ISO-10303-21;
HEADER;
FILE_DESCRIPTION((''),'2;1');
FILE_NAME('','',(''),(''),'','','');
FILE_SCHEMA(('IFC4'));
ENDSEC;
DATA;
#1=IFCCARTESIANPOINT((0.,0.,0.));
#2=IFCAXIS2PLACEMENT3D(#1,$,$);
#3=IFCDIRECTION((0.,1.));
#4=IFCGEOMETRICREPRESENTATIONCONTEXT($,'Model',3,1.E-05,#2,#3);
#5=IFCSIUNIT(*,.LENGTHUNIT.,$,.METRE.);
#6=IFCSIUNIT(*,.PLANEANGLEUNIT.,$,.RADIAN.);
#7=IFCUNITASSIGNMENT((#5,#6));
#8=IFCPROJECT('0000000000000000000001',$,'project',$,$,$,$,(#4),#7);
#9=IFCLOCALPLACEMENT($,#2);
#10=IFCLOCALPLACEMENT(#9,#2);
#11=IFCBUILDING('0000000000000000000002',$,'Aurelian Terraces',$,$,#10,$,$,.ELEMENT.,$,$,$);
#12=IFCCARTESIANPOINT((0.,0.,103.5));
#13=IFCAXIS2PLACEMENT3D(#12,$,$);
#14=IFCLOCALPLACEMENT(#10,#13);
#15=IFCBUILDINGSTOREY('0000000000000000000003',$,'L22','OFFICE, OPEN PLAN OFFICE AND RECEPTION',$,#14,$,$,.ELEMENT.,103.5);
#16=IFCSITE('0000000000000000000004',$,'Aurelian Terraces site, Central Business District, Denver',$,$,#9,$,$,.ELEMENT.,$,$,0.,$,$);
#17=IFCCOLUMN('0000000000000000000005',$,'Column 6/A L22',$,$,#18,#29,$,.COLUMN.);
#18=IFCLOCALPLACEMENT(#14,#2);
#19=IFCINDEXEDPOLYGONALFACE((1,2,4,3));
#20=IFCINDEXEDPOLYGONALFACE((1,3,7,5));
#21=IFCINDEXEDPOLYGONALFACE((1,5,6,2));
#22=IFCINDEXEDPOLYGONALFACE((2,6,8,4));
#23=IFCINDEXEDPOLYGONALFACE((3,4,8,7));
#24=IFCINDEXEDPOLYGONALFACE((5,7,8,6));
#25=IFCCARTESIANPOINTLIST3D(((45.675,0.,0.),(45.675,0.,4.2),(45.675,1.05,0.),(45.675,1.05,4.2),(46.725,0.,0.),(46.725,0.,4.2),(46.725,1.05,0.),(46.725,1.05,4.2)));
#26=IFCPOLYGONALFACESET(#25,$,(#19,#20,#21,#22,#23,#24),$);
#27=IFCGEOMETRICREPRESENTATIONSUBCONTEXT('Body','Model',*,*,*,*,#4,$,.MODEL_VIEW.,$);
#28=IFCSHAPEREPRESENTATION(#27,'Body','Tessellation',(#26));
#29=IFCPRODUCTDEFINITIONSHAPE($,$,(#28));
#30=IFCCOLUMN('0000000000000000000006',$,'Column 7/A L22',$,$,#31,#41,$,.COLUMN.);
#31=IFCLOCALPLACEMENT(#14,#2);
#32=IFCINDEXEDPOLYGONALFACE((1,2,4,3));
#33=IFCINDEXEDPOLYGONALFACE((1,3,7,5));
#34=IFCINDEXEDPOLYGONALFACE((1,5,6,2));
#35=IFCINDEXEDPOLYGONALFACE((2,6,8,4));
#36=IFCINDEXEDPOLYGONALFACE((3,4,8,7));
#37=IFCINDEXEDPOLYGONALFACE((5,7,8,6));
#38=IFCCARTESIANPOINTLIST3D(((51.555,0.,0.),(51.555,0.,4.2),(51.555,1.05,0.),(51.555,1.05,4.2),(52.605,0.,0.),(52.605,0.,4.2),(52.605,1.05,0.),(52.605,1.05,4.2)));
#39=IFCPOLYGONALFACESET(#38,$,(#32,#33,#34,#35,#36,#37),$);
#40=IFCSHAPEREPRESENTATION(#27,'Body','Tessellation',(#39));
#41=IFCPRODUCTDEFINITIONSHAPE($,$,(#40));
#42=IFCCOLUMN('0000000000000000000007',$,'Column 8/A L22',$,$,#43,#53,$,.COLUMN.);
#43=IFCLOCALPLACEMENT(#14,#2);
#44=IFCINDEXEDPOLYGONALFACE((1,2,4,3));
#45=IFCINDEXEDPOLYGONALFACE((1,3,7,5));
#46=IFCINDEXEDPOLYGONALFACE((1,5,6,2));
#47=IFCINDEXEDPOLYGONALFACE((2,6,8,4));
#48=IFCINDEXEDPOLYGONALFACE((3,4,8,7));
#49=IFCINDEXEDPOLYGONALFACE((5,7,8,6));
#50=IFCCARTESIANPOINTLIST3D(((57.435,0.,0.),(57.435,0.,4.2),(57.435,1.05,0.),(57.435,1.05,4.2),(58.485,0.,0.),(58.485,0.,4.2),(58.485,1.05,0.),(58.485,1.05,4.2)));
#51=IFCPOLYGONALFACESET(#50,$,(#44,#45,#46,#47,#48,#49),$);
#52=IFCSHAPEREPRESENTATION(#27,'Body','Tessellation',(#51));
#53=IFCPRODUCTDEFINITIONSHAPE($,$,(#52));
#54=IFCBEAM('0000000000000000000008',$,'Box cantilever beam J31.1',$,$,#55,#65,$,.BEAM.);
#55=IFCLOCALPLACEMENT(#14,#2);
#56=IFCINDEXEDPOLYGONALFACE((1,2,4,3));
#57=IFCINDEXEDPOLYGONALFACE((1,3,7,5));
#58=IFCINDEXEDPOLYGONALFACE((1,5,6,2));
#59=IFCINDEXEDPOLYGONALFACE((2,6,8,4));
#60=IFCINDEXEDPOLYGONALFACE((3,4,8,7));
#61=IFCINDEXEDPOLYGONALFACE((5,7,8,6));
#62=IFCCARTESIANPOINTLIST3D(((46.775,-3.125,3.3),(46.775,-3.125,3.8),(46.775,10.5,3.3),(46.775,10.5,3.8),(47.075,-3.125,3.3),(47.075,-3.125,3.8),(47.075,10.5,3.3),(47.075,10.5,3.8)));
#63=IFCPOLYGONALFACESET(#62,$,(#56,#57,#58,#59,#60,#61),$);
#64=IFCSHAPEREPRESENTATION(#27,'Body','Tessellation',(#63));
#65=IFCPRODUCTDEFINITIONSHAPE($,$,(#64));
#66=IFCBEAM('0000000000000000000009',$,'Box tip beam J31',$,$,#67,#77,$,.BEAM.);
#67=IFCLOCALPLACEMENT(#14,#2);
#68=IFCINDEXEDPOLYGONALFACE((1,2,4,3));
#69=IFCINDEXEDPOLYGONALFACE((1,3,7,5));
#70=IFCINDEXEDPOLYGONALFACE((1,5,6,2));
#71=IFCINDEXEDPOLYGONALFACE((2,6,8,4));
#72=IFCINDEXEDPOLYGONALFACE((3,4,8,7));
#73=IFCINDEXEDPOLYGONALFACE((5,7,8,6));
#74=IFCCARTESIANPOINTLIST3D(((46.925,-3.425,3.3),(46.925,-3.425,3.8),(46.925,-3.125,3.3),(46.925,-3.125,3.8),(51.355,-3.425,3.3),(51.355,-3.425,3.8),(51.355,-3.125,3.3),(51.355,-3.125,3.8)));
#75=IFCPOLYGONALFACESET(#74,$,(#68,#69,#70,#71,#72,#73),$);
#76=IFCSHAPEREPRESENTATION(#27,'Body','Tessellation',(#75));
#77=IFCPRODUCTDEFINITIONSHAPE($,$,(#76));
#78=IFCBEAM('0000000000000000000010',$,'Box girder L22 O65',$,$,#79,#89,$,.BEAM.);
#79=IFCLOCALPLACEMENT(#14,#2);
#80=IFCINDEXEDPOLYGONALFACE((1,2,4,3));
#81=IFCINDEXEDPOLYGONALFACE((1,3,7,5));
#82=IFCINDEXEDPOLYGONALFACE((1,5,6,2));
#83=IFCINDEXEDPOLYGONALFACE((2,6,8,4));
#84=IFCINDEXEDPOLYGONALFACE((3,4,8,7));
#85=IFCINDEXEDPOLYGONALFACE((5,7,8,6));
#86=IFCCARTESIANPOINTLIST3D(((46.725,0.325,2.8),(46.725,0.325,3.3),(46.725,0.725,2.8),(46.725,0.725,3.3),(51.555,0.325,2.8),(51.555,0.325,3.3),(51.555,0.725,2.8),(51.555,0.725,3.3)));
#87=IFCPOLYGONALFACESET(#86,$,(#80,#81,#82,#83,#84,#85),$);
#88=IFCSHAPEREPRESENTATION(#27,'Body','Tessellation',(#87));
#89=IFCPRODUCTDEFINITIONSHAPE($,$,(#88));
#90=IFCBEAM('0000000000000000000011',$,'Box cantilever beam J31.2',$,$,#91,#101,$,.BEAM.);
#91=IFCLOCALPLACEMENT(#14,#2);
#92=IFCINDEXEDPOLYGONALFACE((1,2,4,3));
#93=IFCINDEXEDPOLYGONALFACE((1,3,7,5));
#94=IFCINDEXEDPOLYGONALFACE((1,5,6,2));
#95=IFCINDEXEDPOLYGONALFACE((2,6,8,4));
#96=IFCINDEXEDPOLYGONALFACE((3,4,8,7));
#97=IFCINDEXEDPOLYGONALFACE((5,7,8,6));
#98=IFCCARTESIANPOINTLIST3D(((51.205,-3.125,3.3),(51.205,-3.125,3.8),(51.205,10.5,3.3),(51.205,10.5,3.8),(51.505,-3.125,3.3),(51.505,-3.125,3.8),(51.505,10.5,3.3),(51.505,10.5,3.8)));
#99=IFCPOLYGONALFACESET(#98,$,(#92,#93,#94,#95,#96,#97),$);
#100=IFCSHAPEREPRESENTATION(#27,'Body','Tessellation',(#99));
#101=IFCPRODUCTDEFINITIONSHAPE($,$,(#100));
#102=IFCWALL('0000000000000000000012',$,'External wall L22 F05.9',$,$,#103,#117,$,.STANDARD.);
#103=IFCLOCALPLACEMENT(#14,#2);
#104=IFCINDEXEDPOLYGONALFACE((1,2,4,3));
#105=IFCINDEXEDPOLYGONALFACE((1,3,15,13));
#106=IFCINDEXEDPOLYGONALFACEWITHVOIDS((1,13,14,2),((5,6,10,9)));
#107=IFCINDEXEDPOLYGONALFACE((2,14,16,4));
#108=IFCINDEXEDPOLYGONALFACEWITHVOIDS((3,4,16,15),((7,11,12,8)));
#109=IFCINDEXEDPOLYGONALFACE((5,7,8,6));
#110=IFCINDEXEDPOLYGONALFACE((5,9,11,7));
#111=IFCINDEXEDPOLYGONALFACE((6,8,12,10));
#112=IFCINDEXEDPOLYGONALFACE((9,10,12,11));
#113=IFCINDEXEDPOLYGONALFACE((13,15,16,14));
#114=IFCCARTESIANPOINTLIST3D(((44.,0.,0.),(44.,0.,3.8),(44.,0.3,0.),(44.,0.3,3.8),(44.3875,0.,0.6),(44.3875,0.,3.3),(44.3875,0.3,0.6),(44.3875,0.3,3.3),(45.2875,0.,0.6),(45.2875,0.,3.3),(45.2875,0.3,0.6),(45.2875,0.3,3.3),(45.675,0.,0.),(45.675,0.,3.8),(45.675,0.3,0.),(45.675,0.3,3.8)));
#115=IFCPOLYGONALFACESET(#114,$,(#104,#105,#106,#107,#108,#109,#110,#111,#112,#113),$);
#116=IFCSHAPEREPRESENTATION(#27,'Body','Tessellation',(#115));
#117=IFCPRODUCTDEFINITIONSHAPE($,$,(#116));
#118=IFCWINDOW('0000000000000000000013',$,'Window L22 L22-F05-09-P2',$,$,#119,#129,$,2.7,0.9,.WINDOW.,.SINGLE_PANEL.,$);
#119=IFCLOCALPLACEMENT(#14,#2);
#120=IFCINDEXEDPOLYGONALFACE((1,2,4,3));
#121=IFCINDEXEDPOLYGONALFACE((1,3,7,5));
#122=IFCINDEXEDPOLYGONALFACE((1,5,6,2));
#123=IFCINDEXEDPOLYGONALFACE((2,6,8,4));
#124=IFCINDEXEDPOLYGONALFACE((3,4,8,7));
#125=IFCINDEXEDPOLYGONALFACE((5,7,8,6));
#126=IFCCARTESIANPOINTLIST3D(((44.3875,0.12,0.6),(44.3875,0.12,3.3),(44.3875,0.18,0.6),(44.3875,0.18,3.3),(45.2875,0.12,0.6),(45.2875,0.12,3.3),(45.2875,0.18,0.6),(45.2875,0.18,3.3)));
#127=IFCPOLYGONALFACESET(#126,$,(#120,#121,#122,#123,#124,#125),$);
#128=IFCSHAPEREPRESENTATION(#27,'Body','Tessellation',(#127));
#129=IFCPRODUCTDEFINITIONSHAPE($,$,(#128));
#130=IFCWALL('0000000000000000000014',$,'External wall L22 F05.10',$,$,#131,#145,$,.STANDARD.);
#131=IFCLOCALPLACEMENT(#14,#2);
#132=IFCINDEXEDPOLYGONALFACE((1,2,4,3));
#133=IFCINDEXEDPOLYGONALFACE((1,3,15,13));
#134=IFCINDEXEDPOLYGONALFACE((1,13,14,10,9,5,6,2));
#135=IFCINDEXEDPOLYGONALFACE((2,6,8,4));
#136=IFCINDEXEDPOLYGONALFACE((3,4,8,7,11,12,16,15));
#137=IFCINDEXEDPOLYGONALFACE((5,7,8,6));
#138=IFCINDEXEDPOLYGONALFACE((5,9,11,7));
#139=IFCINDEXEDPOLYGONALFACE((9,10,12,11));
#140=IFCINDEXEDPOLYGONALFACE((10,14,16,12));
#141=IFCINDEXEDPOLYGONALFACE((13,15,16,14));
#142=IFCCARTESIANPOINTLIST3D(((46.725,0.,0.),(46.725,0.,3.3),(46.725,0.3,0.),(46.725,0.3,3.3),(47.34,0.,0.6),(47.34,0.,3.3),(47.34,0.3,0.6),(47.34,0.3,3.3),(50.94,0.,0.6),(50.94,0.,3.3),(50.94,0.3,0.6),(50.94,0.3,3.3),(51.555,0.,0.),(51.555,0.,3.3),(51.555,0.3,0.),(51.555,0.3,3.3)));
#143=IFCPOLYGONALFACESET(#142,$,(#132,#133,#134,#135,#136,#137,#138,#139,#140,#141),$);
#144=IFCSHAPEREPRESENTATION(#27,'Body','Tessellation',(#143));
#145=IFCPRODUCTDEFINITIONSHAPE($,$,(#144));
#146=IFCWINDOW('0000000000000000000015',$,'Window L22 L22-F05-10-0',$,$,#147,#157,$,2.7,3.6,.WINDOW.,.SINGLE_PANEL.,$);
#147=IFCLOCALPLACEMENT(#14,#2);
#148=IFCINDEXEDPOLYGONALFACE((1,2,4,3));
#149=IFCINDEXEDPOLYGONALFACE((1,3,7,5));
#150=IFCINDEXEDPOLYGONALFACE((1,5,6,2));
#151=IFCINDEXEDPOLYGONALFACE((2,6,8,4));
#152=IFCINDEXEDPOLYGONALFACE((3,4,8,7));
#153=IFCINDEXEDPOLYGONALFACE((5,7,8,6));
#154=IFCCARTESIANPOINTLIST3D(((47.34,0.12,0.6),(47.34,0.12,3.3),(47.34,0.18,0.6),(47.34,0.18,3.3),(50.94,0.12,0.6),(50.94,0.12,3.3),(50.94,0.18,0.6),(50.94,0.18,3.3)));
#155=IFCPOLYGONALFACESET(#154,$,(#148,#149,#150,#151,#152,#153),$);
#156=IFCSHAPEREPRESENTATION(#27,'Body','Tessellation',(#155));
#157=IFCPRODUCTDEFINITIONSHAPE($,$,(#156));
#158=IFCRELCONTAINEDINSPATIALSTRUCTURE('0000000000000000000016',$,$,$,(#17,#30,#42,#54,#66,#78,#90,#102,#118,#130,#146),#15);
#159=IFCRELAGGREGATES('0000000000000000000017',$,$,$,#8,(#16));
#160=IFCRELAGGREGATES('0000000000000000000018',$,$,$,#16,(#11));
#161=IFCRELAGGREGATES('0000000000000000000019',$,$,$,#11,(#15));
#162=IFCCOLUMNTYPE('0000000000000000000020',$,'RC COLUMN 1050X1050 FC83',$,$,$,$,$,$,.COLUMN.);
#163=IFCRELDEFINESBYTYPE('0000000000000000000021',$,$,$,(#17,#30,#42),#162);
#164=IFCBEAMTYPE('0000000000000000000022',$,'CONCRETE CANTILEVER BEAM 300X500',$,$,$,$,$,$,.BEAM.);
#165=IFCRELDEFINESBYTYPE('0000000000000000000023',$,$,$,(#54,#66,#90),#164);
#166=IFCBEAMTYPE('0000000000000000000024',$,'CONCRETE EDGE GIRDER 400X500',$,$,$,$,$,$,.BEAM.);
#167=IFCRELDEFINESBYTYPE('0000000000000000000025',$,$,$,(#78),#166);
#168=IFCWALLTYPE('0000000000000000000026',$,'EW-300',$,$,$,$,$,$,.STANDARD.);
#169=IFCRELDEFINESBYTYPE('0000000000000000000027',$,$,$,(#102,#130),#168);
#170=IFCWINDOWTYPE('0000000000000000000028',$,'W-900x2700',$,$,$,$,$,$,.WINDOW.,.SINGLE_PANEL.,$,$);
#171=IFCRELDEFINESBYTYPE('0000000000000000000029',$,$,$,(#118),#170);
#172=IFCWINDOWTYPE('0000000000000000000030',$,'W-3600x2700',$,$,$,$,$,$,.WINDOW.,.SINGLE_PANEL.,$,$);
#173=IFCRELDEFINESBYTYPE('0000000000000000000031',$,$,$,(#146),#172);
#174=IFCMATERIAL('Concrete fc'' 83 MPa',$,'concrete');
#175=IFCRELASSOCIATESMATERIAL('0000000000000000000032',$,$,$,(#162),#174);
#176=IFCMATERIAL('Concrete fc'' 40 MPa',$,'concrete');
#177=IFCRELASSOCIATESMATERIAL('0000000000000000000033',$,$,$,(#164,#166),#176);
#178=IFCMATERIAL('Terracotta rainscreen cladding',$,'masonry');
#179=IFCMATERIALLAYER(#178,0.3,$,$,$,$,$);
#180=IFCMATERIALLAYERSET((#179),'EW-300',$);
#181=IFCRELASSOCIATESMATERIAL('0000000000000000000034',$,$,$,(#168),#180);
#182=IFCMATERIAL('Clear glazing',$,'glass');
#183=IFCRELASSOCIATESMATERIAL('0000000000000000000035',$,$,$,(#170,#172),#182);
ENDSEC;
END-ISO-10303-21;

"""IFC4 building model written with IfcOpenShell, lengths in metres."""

from ifc_helpers import new_model, si_unit, direction, frame, frame_2d, origin, origin_2d, place, context, subcontext, project, spatial, rectangle, extrude, source, transform, mapped, material, layer, layer_set, material_profile, profile_set, type_object, element, fill, save


model = new_model("IFC4")

# Units and contexts
model_context = context("Model", 3, precision=1e-05, world=origin(), true_north=direction((0.0, 1.0)))
body_context = subcontext(model_context, "Body", "Model", "MODEL_VIEW")
ifc_project = project(units=[si_unit("LENGTHUNIT", "METRE"), si_unit("PLANEANGLEUNIT", "RADIAN")], contexts=[model_context])

# Site, building, storey
site_placement = place(None, origin())
site = spatial("IfcSite", under=ifc_project, at=site_placement, Name="Aurelian Terraces site, Central Business District, Denver", CompositionType="ELEMENT", RefElevation=0.0)
building_placement = place(site_placement, origin())
building = spatial("IfcBuilding", under=site, at=building_placement, Name="Aurelian Terraces", CompositionType="ELEMENT")
storey_placement = place(building_placement, frame((0.0, 0.0, 103.5)))
storey = spatial("IfcBuildingStorey", under=building, at=storey_placement, Name="L22", Description="OFFICE, OPEN PLAN OFFICE AND RECEPTION", CompositionType="ELEMENT", Elevation=103.5)

# Columns
ifc_material_1 = material(Name="Concrete fc' 83 MPa", Category="concrete")
ifc_material_profile_1 = material_profile(ifc_material_1, rectangle(XDim=1.05, YDim=1.05, at=origin_2d()))
ifc_profile_set_1 = profile_set([ifc_material_profile_1], Name="Concrete fc' 83 MPa")
column_type = type_object("IfcColumnType", Name="RC COLUMN 1050X1050 FC83", PredefinedType="COLUMN", material=ifc_profile_set_1)
shared_shape_1 = source(origin(), body_context, "Body", "SweptSolid", [
    extrude(rectangle(XDim=1.05, YDim=1.05, at=origin_2d()), origin(), (0.0, 0.0, 1.0), 4.2),
])
for number, where, z_axis, x_axis, name in (
    (1, (46.2, 0.525, 0.0), (0.0, 0.0, 1.0), (1.0, 0.0, 0.0), "Column 6/A L22"),
    (2, (52.08, 0.525, 0.0), (0.0, 0.0, 1.0), (1.0, 0.0, 0.0), "Column 7/A L22"),
    (3, (57.96, 0.525, 0.0), (0.0, 0.0, 1.0), (1.0, 0.0, 0.0), "Column 8/A L22"),
):
    element("IfcColumn", number, at=place(storey_placement, frame(where, z_axis=z_axis, x_axis=x_axis)), inside=storey, type_object=column_type, Name=name, PredefinedType="COLUMN", context=body_context, shape_type="MappedRepresentation", body=[
        mapped(shared_shape_1, transform((0.0, 0.0, 0.0), scale=1.0)),
    ])

# Beams
ifc_material_2 = material(Name="Concrete fc' 40 MPa", Category="concrete")
ifc_material_profile_2 = material_profile(ifc_material_2, rectangle(XDim=0.3, YDim=0.5, at=origin_2d()))
ifc_profile_set_2 = profile_set([ifc_material_profile_2], Name="Concrete fc' 40 MPa")
beam_type_1 = type_object("IfcBeamType", Name="CONCRETE CANTILEVER BEAM 300X500", PredefinedType="BEAM", material=ifc_profile_set_2)
beam_1_placement = place(storey_placement, frame((46.925, -3.125, 3.55), z_axis=(0.0, 1.0, 0.0), x_axis=(-1.0, 0.0, 0.0)))
element("IfcBeam", 4, at=beam_1_placement, inside=storey, type_object=beam_type_1, Name="Box cantilever beam J31.1", PredefinedType="BEAM", context=body_context, shape_type="SweptSolid", body=[
    extrude(rectangle(XDim=0.3, YDim=0.5, at=origin_2d()), origin(), (0.0, 0.0, 1.0), 13.625),
])
beam_2_placement = place(storey_placement, frame((46.925, -3.275, 3.55), z_axis=(1.0, 0.0, 0.0), x_axis=(0.0, 1.0, 0.0)))
element("IfcBeam", 5, at=beam_2_placement, inside=storey, type_object=beam_type_1, Name="Box tip beam J31", PredefinedType="BEAM", context=body_context, shape_type="SweptSolid", body=[
    extrude(rectangle(XDim=0.3, YDim=0.5, at=origin_2d()), origin(), (0.0, 0.0, 1.0), 4.43),
])
ifc_material_profile_3 = material_profile(ifc_material_2, rectangle(XDim=0.4, YDim=0.5, at=origin_2d()))
ifc_profile_set_3 = profile_set([ifc_material_profile_3], Name="Concrete fc' 40 MPa")
beam_type_2 = type_object("IfcBeamType", Name="CONCRETE EDGE GIRDER 400X500", PredefinedType="BEAM", material=ifc_profile_set_3)
beam_3_placement = place(storey_placement, frame((46.725, 0.525, 3.05), z_axis=(1.0, 0.0, 0.0), x_axis=(0.0, 1.0, 0.0)))
element("IfcBeam", 6, at=beam_3_placement, inside=storey, type_object=beam_type_2, Name="Box girder L22 O65", PredefinedType="BEAM", context=body_context, shape_type="SweptSolid", body=[
    extrude(rectangle(XDim=0.4, YDim=0.5, at=origin_2d()), origin(), (0.0, 0.0, 1.0), 4.83),
])
shared_shape_2 = source(origin(), body_context, "Body", "SweptSolid", [
    extrude(rectangle(XDim=0.3, YDim=0.5, at=origin_2d()), origin(), (0.0, 0.0, 1.0), 13.625),
])
beam_4_placement = place(storey_placement, frame((51.355, -3.125, 3.55), z_axis=(0.0, 1.0, 0.0), x_axis=(-1.0, 0.0, 0.0)))
element("IfcBeam", 7, at=beam_4_placement, inside=storey, type_object=beam_type_1, Name="Box cantilever beam J31.2", PredefinedType="BEAM", context=body_context, shape_type="MappedRepresentation", body=[
    mapped(shared_shape_2, transform((0.0, 0.0, 0.0), scale=1.0)),
])

# Walls, openings, windows
ifc_material_3 = material(Name="Terracotta rainscreen cladding", Category="masonry")
ifc_layer_1 = layer(ifc_material_3, 0.3)
ifc_layer_set_1 = layer_set([ifc_layer_1], Name="EW-300")
wall_type_1 = type_object("IfcWallType", Name="EW-300", PredefinedType="STANDARD", material=ifc_layer_set_1)
wall_1_placement = place(storey_placement, frame((44.0, 0.15, 0.0), z_axis=(0.0, 0.0, 1.0), x_axis=(1.0, 0.0, 0.0)))
wall_1 = element("IfcWall", 8, at=wall_1_placement, inside=storey, type_object=wall_type_1, Name="External wall L22 F05.9", PredefinedType="STANDARD", context=body_context, shape_type="SweptSolid", body=[
    extrude(rectangle(XDim=1.675, YDim=0.3, at=frame_2d((0.8375, 0.0))), origin(), (0.0, 0.0, 1.0), 3.8),
])
shared_shape_3 = source(origin(), body_context, "Body", "SweptSolid", [
    extrude(rectangle(XDim=0.9, YDim=2.7, at=frame_2d((0.45, 1.35))), frame((0.0, 0.16, 0.0), z_axis=(0.0, -1.0, 0.0), x_axis=(1.0, 0.0, 0.0)), (0.0, 0.0, 1.0), 0.32),
])
opening_1_placement = place(wall_1_placement, frame((0.3875, 0.0, 0.6)))
opening_1 = element("IfcOpeningElement", 9, at=opening_1_placement, cuts=wall_1, PredefinedType="OPENING", context=body_context, shape_type="MappedRepresentation", body=[
    mapped(shared_shape_3, transform((0.0, 0.0, 0.0), scale=1.0)),
])
ifc_material_4 = material(Name="Clear glazing", Category="glass")
window_type_1 = type_object("IfcWindowType", Name="W-900x2700", PartitioningType="SINGLE_PANEL", PredefinedType="WINDOW", material=ifc_material_4)
shared_shape_4 = source(origin(), body_context, "Body", "SweptSolid", [
    extrude(rectangle(XDim=0.9, YDim=2.7, at=frame_2d((0.45, 1.35))), frame((0.0, 0.03, 0.0), z_axis=(0.0, -1.0, 0.0), x_axis=(1.0, 0.0, 0.0)), (0.0, 0.0, 1.0), 0.06),
])
window_1_placement = place(opening_1_placement, origin())
window_1 = element("IfcWindow", 10, at=window_1_placement, inside=storey, type_object=window_type_1, Name="Window L22 L22-F05-09-P2", OverallHeight=2.7, OverallWidth=0.9, PartitioningType="SINGLE_PANEL", PredefinedType="WINDOW", context=body_context, shape_type="MappedRepresentation", body=[
    mapped(shared_shape_4, transform((0.0, 0.0, 0.0), scale=1.0)),
])
fill(opening_1, window_1)
wall_2_placement = place(storey_placement, frame((46.725, 0.15, 0.0), z_axis=(0.0, 0.0, 1.0), x_axis=(1.0, 0.0, 0.0)))
wall_2 = element("IfcWall", 11, at=wall_2_placement, inside=storey, type_object=wall_type_1, Name="External wall L22 F05.10", PredefinedType="STANDARD", context=body_context, shape_type="SweptSolid", body=[
    extrude(rectangle(XDim=4.83, YDim=0.3, at=frame_2d((2.415, 0.0))), origin(), (0.0, 0.0, 1.0), 3.3),
])
shared_shape_5 = source(origin(), body_context, "Body", "SweptSolid", [
    extrude(rectangle(XDim=3.6, YDim=2.7, at=frame_2d((1.8, 1.35))), frame((0.0, 0.16, 0.0), z_axis=(0.0, -1.0, 0.0), x_axis=(1.0, 0.0, 0.0)), (0.0, 0.0, 1.0), 0.32),
])
opening_2_placement = place(wall_2_placement, frame((0.615, 0.0, 0.6)))
opening_2 = element("IfcOpeningElement", 12, at=opening_2_placement, cuts=wall_2, PredefinedType="OPENING", context=body_context, shape_type="MappedRepresentation", body=[
    mapped(shared_shape_5, transform((0.0, 0.0, 0.0), scale=1.0)),
])
window_type_2 = type_object("IfcWindowType", Name="W-3600x2700", PartitioningType="SINGLE_PANEL", PredefinedType="WINDOW", material=ifc_material_4)
shared_shape_6 = source(origin(), body_context, "Body", "SweptSolid", [
    extrude(rectangle(XDim=3.6, YDim=2.7, at=frame_2d((1.8, 1.35))), frame((0.0, 0.03, 0.0), z_axis=(0.0, -1.0, 0.0), x_axis=(1.0, 0.0, 0.0)), (0.0, 0.0, 1.0), 0.06),
])
window_2_placement = place(opening_2_placement, origin())
window_2 = element("IfcWindow", 13, at=window_2_placement, inside=storey, type_object=window_type_2, Name="Window L22 L22-F05-10-0", OverallHeight=2.7, OverallWidth=3.6, PartitioningType="SINGLE_PANEL", PredefinedType="WINDOW", context=body_context, shape_type="MappedRepresentation", body=[
    mapped(shared_shape_6, transform((0.0, 0.0, 0.0), scale=1.0)),
])
fill(opening_2, window_2)

save(model, "model.ifc")
